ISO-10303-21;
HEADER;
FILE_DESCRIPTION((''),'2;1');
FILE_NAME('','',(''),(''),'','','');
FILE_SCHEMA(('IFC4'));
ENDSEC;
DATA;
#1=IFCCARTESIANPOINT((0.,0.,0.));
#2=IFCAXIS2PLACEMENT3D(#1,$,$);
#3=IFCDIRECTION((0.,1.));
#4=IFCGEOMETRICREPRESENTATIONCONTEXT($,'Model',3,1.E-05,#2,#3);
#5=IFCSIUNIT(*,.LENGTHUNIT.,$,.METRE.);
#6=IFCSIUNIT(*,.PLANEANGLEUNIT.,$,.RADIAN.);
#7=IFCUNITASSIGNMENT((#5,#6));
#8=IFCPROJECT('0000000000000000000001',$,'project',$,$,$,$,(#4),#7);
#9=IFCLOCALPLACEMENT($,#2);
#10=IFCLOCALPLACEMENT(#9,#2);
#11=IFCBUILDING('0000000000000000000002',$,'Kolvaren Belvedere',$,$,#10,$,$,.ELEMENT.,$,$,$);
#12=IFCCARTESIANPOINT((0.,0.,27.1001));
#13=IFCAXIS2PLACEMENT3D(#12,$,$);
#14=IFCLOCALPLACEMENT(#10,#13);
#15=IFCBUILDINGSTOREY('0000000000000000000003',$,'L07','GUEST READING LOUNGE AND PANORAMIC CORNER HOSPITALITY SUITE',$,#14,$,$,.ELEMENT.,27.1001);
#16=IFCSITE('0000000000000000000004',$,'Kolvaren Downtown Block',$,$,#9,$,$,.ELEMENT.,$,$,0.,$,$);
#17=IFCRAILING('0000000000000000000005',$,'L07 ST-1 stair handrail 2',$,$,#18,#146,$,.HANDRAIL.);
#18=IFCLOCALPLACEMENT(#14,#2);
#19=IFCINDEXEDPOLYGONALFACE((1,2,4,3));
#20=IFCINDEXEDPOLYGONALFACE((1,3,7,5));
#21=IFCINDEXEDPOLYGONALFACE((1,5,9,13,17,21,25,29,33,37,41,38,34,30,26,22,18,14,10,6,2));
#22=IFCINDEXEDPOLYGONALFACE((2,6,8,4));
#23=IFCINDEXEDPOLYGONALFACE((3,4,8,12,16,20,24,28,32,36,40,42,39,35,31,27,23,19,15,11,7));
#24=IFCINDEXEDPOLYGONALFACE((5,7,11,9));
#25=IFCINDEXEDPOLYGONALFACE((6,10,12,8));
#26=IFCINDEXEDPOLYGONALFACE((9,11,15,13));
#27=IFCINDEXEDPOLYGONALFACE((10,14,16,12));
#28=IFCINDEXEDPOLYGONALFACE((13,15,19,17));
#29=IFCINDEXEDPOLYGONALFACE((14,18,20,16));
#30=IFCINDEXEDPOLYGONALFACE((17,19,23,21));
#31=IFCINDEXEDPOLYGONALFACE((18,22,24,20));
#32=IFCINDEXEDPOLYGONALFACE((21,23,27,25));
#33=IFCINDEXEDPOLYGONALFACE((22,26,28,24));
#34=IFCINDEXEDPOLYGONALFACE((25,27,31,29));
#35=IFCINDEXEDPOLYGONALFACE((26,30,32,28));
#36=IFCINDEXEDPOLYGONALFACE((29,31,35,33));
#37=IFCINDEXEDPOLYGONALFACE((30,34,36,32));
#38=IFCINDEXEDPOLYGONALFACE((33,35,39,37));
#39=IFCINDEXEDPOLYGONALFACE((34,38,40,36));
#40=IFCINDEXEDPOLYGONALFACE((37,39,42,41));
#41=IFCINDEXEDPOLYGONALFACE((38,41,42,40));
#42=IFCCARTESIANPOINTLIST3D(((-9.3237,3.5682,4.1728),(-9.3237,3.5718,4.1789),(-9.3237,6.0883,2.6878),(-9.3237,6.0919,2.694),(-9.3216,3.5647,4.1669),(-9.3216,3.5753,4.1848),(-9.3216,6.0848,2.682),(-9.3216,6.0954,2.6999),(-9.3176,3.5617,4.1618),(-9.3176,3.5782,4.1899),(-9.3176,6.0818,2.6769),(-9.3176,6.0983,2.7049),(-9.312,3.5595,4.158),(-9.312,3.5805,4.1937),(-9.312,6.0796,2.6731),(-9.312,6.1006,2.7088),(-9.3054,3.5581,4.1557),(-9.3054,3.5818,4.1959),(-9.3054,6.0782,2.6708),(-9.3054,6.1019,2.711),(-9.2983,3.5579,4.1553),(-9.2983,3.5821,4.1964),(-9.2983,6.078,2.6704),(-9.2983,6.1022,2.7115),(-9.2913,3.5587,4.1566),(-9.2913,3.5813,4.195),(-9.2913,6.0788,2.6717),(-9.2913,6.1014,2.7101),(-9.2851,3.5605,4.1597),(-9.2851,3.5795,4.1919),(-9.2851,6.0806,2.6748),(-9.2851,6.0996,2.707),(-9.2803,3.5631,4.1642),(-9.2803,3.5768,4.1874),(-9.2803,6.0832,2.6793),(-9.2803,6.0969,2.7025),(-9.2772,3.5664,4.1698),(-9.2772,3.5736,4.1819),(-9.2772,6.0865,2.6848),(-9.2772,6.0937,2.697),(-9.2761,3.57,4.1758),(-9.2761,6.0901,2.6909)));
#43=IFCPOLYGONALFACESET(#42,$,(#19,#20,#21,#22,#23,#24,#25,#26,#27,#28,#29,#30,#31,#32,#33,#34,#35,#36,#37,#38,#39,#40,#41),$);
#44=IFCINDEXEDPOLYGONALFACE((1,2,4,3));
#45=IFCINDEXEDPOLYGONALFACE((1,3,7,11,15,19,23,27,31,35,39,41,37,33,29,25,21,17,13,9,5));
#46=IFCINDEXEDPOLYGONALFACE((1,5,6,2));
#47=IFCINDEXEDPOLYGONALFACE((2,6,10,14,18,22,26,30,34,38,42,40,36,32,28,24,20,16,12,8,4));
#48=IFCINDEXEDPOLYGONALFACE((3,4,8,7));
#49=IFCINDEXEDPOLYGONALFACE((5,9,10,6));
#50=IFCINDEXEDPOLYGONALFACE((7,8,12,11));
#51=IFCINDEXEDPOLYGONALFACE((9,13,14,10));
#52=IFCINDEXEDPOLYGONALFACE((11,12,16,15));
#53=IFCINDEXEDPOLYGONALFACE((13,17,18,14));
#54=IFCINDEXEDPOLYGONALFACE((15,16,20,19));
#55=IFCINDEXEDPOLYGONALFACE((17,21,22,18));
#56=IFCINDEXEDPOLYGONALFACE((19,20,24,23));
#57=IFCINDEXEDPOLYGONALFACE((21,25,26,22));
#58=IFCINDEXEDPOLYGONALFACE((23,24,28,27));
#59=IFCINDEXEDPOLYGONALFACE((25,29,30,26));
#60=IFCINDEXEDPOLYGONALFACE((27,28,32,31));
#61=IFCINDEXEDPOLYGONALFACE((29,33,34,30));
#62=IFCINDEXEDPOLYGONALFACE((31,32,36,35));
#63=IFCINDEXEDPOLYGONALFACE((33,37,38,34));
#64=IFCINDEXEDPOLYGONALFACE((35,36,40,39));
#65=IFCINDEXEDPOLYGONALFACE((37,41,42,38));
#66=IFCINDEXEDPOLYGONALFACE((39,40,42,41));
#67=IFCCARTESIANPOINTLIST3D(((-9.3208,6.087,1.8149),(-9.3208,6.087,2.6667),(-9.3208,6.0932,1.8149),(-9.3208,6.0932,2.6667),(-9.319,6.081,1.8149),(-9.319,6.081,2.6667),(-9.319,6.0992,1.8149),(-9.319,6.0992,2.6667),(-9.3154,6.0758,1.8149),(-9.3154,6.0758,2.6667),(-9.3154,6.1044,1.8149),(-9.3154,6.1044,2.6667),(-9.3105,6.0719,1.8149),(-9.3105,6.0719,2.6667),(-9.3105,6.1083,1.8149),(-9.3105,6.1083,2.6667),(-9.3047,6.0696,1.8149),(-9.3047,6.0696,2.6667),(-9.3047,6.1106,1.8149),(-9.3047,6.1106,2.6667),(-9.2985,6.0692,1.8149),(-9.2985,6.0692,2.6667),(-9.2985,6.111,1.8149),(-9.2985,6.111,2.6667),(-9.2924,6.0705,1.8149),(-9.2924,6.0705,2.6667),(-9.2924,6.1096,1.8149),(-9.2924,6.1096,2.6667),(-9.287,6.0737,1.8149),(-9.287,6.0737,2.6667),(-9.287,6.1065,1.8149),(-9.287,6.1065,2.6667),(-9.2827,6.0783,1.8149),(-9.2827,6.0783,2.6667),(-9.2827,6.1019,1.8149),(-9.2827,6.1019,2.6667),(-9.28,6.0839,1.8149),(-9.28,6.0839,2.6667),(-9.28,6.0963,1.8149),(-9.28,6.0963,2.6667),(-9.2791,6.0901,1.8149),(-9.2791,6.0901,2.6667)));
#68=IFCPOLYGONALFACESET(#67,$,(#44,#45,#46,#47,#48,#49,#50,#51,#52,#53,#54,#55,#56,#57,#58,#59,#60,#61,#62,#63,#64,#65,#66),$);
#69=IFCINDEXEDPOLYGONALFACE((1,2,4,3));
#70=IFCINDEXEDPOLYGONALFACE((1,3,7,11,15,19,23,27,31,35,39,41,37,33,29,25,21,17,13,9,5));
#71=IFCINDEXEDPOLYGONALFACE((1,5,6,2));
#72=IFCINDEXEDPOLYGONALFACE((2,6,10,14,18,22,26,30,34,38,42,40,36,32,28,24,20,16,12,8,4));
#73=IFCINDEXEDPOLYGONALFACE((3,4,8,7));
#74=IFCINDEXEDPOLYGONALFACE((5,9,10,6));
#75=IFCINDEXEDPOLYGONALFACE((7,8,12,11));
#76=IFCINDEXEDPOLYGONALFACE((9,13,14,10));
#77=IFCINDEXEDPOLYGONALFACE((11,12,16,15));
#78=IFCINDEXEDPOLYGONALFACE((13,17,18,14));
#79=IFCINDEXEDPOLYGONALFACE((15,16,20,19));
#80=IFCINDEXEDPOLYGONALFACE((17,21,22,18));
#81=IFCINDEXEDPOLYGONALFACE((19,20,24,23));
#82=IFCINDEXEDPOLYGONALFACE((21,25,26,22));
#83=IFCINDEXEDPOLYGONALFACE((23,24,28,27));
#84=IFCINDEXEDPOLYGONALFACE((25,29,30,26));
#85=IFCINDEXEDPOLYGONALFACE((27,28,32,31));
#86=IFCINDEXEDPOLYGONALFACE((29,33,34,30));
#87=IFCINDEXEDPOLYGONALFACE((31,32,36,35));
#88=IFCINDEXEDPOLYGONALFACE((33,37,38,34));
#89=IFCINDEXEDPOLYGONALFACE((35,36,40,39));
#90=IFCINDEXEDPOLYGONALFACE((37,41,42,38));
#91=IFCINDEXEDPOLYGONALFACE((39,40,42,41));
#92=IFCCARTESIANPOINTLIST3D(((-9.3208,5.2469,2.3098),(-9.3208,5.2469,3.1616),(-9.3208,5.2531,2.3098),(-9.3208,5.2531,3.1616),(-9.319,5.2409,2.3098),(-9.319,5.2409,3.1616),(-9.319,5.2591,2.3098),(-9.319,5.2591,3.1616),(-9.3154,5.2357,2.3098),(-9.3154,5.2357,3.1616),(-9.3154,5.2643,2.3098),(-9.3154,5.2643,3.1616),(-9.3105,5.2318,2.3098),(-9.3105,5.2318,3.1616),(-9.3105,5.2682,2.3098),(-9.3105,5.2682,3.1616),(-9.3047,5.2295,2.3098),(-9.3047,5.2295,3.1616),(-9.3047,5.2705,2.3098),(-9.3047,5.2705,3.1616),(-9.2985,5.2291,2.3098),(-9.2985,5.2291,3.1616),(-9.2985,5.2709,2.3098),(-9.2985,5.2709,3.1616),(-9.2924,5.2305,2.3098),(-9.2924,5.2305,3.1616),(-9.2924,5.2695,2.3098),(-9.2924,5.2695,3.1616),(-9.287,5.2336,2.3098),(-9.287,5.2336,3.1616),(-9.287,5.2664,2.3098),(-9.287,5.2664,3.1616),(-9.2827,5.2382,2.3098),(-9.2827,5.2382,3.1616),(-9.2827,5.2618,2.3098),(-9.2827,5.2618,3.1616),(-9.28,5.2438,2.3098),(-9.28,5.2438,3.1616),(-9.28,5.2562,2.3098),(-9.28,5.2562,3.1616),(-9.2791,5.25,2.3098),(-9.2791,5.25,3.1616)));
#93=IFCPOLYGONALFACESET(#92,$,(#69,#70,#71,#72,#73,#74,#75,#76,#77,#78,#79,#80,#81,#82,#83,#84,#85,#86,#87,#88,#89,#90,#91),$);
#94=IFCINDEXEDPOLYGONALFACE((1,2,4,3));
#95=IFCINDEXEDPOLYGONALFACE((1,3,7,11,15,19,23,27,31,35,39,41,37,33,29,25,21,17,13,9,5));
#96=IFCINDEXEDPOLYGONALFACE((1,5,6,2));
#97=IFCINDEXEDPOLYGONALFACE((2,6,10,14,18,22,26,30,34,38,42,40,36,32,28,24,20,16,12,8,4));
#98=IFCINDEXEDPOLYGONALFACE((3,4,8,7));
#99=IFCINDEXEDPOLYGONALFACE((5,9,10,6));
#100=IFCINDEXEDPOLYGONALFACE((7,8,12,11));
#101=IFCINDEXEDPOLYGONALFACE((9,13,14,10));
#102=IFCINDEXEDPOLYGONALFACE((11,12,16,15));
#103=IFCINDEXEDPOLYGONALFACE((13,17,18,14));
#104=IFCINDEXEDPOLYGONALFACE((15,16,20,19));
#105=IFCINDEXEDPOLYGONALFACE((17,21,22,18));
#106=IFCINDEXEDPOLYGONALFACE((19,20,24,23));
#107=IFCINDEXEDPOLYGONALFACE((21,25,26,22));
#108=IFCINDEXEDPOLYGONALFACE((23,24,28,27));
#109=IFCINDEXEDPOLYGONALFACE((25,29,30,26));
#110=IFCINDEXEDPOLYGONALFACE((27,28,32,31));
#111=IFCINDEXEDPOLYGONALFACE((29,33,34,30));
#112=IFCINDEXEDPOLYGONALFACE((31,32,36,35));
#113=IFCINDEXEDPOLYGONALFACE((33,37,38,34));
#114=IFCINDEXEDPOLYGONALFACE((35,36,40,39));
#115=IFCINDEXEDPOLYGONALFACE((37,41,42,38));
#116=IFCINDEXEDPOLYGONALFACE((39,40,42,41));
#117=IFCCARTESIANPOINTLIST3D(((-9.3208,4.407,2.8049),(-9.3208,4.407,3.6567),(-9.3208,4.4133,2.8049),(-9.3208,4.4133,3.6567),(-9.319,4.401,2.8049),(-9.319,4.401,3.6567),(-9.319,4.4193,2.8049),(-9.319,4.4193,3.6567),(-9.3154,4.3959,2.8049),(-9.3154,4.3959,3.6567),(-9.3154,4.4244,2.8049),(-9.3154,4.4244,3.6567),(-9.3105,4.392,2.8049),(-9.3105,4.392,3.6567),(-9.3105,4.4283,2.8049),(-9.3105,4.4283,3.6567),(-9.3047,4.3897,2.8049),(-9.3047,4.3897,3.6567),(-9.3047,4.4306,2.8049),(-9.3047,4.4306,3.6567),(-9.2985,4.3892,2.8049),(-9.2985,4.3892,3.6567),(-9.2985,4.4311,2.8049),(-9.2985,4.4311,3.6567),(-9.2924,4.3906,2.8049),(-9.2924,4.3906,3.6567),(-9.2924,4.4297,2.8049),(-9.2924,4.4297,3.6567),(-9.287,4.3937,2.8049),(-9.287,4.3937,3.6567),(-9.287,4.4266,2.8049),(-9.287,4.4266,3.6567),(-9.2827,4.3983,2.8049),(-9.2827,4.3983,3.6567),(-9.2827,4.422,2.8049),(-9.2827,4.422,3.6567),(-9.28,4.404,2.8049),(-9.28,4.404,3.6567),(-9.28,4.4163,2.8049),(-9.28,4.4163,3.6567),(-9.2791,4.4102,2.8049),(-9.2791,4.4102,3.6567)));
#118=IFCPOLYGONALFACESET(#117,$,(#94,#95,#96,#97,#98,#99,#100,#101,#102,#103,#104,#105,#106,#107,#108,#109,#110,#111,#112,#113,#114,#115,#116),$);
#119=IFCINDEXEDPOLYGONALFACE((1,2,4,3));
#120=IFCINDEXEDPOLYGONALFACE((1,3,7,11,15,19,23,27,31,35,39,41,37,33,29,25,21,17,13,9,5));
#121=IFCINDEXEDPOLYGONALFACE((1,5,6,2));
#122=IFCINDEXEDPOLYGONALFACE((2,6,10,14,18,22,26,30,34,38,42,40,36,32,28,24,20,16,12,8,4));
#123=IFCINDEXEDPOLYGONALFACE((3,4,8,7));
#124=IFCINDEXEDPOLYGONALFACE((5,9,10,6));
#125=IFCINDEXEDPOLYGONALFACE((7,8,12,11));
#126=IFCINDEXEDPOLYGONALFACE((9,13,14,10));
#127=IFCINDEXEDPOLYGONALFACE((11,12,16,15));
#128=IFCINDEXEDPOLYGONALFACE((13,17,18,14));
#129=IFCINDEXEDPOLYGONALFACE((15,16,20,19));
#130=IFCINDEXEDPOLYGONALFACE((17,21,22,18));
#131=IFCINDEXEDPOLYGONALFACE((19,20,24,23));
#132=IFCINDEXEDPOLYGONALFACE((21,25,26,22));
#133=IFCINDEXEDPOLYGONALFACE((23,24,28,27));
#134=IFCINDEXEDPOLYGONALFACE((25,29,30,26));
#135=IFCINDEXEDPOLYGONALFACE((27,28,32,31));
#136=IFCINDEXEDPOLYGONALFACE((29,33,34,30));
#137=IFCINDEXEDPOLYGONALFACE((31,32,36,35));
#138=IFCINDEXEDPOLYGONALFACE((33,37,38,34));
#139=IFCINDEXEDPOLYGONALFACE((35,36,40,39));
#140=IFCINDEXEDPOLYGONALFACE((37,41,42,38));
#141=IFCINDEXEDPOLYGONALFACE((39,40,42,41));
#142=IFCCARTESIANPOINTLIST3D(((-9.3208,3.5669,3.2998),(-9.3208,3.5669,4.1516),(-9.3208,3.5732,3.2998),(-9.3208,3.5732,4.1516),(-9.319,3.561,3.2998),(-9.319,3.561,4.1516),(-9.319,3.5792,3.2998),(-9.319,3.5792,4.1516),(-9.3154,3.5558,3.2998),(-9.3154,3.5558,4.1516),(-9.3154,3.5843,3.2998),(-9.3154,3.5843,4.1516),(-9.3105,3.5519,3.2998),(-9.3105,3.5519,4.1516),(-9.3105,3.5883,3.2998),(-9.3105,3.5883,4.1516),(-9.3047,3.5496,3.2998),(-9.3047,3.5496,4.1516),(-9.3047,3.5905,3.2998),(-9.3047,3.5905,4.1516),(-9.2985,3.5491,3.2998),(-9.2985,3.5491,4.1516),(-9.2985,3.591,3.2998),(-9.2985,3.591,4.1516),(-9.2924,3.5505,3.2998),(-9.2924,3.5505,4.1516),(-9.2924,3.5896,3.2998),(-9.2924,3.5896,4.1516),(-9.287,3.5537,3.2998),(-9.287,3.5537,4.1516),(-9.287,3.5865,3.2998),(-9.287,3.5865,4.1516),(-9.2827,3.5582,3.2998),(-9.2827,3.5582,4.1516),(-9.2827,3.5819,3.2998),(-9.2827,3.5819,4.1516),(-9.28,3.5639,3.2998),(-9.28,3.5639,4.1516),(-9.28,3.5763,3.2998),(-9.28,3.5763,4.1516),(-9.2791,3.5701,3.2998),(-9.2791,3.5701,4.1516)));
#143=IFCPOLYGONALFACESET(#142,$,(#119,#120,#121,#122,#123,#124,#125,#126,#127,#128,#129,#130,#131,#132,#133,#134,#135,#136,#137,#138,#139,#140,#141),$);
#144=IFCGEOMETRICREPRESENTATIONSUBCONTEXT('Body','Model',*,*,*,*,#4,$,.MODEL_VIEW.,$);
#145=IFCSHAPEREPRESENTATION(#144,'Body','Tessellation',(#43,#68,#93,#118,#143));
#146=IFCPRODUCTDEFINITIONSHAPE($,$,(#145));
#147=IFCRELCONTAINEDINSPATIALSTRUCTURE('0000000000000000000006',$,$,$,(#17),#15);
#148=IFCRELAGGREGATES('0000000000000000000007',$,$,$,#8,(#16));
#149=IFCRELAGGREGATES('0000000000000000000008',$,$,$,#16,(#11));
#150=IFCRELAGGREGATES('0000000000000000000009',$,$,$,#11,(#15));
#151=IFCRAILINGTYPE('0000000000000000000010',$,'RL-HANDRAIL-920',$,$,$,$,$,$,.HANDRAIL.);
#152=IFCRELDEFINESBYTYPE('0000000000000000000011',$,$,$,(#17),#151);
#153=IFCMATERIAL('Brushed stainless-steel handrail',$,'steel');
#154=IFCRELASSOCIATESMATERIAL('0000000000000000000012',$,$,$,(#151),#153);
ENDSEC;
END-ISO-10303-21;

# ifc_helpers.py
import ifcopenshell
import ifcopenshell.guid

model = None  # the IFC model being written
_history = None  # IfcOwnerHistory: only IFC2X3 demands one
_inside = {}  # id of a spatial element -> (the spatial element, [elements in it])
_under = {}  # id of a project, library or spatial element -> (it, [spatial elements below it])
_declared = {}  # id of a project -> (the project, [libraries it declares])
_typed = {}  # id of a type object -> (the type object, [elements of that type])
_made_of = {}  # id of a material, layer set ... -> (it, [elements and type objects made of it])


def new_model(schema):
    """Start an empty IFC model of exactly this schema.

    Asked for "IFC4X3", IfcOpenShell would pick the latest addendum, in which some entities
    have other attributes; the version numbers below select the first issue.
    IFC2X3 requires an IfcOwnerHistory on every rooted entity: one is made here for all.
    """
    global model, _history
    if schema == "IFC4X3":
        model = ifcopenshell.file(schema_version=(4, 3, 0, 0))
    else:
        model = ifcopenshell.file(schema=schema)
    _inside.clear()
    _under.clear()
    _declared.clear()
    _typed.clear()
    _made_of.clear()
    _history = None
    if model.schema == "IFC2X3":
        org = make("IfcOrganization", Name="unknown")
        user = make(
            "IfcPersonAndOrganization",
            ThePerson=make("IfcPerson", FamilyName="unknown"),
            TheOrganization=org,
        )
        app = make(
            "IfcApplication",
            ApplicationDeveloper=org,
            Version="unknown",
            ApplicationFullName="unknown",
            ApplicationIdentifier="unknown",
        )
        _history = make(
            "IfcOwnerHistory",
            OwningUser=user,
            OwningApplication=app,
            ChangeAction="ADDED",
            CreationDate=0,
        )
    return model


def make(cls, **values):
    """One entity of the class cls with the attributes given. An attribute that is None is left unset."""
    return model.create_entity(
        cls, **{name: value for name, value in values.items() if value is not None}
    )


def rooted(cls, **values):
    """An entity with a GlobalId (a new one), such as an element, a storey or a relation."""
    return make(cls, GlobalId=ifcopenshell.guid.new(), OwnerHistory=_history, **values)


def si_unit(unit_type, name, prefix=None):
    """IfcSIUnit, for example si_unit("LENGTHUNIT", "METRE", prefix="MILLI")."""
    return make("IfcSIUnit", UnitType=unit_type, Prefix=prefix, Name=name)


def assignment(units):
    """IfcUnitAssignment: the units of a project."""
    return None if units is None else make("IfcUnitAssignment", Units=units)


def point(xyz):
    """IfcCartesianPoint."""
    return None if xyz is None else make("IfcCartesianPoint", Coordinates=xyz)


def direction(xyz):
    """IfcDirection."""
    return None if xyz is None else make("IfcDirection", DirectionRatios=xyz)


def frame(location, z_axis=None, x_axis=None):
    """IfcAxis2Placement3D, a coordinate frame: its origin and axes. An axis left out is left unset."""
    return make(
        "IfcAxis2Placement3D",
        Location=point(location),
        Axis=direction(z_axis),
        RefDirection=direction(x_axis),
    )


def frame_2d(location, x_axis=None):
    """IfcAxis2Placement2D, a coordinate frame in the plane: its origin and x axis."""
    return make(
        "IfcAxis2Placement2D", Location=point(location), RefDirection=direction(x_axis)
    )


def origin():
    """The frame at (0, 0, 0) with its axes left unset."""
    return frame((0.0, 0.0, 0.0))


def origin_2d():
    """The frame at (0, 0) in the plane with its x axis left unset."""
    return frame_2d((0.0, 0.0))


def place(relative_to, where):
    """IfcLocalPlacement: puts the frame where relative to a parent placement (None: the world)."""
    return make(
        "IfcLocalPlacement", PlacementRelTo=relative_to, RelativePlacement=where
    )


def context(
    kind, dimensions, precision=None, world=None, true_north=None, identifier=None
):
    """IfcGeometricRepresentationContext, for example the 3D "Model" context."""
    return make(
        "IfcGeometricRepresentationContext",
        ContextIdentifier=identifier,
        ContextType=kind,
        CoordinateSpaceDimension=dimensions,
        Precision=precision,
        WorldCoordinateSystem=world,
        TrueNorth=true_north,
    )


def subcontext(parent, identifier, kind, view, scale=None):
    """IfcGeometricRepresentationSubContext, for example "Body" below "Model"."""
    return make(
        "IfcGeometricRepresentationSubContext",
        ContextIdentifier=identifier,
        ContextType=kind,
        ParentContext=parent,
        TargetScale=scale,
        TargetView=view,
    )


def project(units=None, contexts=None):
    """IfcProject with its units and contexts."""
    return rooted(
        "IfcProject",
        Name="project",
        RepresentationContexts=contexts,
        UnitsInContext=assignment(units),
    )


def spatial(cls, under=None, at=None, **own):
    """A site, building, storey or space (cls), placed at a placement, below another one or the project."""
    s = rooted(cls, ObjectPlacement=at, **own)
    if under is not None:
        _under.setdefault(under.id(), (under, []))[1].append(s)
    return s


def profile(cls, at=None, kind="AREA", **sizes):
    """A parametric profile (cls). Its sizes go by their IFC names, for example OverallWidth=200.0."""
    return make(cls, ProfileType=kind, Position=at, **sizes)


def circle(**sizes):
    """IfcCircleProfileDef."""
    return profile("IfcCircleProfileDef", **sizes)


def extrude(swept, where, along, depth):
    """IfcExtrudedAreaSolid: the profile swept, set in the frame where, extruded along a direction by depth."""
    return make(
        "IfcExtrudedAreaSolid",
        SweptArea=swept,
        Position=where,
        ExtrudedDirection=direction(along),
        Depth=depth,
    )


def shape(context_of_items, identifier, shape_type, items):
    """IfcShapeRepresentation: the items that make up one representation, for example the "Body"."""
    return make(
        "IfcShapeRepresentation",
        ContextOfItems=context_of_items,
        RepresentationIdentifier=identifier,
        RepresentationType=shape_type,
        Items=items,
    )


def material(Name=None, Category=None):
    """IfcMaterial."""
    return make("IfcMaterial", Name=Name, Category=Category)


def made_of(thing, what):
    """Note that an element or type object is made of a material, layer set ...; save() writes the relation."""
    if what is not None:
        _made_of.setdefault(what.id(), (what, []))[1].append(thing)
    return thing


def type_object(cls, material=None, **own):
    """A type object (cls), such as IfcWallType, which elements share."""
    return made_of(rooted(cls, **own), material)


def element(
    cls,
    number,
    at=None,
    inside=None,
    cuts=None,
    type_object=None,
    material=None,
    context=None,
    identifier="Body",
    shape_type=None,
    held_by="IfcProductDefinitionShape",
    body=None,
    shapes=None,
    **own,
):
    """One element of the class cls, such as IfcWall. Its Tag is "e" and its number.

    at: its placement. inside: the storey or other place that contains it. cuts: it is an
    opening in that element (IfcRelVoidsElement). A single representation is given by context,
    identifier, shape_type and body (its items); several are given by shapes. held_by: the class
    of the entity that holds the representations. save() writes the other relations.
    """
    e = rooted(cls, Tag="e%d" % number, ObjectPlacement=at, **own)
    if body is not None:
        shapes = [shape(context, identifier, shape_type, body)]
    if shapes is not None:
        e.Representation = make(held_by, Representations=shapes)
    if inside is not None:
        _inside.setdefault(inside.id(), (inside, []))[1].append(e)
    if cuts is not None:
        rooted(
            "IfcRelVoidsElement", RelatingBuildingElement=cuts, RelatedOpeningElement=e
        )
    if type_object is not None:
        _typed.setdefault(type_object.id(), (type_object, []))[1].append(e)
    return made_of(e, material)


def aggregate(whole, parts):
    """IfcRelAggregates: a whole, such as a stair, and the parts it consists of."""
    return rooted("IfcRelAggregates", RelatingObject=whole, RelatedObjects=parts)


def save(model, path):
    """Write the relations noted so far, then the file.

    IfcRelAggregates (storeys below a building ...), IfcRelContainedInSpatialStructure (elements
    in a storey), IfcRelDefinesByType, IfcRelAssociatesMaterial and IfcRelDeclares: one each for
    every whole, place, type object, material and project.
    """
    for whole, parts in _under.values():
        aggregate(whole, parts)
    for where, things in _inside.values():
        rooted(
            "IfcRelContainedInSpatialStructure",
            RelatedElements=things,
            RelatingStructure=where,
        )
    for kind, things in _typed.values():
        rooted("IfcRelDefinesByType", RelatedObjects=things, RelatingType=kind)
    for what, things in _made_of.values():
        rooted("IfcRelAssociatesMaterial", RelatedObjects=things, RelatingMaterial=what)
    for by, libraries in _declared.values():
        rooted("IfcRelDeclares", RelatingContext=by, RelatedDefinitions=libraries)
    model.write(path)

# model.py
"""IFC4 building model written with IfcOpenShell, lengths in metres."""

from ifc_helpers import new_model, si_unit, direction, frame, origin, origin_2d, place, context, subcontext, project, spatial, circle, extrude, material, type_object, element, save


model = new_model("IFC4")

# Units and contexts
model_context = context("Model", 3, precision=1e-05, world=origin(), true_north=direction((0.0, 1.0)))
body_context = subcontext(model_context, "Body", "Model", "MODEL_VIEW")
ifc_project = project(units=[si_unit("LENGTHUNIT", "METRE"), si_unit("PLANEANGLEUNIT", "RADIAN")], contexts=[model_context])

# Site, building, storey
site_placement = place(None, origin())
site = spatial("IfcSite", under=ifc_project, at=site_placement, Name="Kolvaren Downtown Block", CompositionType="ELEMENT", RefElevation=0.0)
building_placement = place(site_placement, origin())
building = spatial("IfcBuilding", under=site, at=building_placement, Name="Kolvaren Belvedere", CompositionType="ELEMENT")
storey_placement = place(building_placement, frame((0.0, 0.0, 27.1001)))
storey = spatial("IfcBuildingStorey", under=building, at=storey_placement, Name="L07", Description="GUEST READING LOUNGE AND PANORAMIC CORNER HOSPITALITY SUITE", CompositionType="ELEMENT", Elevation=27.1001)

# Railing
ifc_material_1 = material(Name="Brushed stainless-steel handrail", Category="steel")
railing_type_1 = type_object("IfcRailingType", Name="RL-HANDRAIL-920", PredefinedType="HANDRAIL", material=ifc_material_1)
railing_1_placement = place(storey_placement, frame((-9.3, 6.0901, 1.8149)))
element("IfcRailing", 1, at=railing_1_placement, inside=storey, type_object=railing_type_1, Name="L07 ST-1 stair handrail 2", PredefinedType="HANDRAIL", context=body_context, shape_type="SweptSolid", body=[
    extrude(circle(Radius=0.0239, at=origin_2d()), frame((0.0, 0.0, 0.876), z_axis=(0.0, -0.861561, 0.507655), x_axis=(1.0, 0.0, 0.0)), (0.0, 0.0, 1.0), 2.925),
    extrude(circle(Radius=0.021, at=origin_2d()), origin(), (0.0, 0.0, 1.0), 0.8518),
    extrude(circle(Radius=0.021, at=origin_2d()), frame((0.0, -0.8401, 0.4949)), (0.0, 0.0, 1.0), 0.8518),
    extrude(circle(Radius=0.021, at=origin_2d()), frame((0.0, -1.6799, 0.99)), (0.0, 0.0, 1.0), 0.8518),
    extrude(circle(Radius=0.021, at=origin_2d()), frame((0.0, -2.52, 1.4849)), (0.0, 0.0, 1.0), 0.8518),
])

save(model, "model.ifc")
